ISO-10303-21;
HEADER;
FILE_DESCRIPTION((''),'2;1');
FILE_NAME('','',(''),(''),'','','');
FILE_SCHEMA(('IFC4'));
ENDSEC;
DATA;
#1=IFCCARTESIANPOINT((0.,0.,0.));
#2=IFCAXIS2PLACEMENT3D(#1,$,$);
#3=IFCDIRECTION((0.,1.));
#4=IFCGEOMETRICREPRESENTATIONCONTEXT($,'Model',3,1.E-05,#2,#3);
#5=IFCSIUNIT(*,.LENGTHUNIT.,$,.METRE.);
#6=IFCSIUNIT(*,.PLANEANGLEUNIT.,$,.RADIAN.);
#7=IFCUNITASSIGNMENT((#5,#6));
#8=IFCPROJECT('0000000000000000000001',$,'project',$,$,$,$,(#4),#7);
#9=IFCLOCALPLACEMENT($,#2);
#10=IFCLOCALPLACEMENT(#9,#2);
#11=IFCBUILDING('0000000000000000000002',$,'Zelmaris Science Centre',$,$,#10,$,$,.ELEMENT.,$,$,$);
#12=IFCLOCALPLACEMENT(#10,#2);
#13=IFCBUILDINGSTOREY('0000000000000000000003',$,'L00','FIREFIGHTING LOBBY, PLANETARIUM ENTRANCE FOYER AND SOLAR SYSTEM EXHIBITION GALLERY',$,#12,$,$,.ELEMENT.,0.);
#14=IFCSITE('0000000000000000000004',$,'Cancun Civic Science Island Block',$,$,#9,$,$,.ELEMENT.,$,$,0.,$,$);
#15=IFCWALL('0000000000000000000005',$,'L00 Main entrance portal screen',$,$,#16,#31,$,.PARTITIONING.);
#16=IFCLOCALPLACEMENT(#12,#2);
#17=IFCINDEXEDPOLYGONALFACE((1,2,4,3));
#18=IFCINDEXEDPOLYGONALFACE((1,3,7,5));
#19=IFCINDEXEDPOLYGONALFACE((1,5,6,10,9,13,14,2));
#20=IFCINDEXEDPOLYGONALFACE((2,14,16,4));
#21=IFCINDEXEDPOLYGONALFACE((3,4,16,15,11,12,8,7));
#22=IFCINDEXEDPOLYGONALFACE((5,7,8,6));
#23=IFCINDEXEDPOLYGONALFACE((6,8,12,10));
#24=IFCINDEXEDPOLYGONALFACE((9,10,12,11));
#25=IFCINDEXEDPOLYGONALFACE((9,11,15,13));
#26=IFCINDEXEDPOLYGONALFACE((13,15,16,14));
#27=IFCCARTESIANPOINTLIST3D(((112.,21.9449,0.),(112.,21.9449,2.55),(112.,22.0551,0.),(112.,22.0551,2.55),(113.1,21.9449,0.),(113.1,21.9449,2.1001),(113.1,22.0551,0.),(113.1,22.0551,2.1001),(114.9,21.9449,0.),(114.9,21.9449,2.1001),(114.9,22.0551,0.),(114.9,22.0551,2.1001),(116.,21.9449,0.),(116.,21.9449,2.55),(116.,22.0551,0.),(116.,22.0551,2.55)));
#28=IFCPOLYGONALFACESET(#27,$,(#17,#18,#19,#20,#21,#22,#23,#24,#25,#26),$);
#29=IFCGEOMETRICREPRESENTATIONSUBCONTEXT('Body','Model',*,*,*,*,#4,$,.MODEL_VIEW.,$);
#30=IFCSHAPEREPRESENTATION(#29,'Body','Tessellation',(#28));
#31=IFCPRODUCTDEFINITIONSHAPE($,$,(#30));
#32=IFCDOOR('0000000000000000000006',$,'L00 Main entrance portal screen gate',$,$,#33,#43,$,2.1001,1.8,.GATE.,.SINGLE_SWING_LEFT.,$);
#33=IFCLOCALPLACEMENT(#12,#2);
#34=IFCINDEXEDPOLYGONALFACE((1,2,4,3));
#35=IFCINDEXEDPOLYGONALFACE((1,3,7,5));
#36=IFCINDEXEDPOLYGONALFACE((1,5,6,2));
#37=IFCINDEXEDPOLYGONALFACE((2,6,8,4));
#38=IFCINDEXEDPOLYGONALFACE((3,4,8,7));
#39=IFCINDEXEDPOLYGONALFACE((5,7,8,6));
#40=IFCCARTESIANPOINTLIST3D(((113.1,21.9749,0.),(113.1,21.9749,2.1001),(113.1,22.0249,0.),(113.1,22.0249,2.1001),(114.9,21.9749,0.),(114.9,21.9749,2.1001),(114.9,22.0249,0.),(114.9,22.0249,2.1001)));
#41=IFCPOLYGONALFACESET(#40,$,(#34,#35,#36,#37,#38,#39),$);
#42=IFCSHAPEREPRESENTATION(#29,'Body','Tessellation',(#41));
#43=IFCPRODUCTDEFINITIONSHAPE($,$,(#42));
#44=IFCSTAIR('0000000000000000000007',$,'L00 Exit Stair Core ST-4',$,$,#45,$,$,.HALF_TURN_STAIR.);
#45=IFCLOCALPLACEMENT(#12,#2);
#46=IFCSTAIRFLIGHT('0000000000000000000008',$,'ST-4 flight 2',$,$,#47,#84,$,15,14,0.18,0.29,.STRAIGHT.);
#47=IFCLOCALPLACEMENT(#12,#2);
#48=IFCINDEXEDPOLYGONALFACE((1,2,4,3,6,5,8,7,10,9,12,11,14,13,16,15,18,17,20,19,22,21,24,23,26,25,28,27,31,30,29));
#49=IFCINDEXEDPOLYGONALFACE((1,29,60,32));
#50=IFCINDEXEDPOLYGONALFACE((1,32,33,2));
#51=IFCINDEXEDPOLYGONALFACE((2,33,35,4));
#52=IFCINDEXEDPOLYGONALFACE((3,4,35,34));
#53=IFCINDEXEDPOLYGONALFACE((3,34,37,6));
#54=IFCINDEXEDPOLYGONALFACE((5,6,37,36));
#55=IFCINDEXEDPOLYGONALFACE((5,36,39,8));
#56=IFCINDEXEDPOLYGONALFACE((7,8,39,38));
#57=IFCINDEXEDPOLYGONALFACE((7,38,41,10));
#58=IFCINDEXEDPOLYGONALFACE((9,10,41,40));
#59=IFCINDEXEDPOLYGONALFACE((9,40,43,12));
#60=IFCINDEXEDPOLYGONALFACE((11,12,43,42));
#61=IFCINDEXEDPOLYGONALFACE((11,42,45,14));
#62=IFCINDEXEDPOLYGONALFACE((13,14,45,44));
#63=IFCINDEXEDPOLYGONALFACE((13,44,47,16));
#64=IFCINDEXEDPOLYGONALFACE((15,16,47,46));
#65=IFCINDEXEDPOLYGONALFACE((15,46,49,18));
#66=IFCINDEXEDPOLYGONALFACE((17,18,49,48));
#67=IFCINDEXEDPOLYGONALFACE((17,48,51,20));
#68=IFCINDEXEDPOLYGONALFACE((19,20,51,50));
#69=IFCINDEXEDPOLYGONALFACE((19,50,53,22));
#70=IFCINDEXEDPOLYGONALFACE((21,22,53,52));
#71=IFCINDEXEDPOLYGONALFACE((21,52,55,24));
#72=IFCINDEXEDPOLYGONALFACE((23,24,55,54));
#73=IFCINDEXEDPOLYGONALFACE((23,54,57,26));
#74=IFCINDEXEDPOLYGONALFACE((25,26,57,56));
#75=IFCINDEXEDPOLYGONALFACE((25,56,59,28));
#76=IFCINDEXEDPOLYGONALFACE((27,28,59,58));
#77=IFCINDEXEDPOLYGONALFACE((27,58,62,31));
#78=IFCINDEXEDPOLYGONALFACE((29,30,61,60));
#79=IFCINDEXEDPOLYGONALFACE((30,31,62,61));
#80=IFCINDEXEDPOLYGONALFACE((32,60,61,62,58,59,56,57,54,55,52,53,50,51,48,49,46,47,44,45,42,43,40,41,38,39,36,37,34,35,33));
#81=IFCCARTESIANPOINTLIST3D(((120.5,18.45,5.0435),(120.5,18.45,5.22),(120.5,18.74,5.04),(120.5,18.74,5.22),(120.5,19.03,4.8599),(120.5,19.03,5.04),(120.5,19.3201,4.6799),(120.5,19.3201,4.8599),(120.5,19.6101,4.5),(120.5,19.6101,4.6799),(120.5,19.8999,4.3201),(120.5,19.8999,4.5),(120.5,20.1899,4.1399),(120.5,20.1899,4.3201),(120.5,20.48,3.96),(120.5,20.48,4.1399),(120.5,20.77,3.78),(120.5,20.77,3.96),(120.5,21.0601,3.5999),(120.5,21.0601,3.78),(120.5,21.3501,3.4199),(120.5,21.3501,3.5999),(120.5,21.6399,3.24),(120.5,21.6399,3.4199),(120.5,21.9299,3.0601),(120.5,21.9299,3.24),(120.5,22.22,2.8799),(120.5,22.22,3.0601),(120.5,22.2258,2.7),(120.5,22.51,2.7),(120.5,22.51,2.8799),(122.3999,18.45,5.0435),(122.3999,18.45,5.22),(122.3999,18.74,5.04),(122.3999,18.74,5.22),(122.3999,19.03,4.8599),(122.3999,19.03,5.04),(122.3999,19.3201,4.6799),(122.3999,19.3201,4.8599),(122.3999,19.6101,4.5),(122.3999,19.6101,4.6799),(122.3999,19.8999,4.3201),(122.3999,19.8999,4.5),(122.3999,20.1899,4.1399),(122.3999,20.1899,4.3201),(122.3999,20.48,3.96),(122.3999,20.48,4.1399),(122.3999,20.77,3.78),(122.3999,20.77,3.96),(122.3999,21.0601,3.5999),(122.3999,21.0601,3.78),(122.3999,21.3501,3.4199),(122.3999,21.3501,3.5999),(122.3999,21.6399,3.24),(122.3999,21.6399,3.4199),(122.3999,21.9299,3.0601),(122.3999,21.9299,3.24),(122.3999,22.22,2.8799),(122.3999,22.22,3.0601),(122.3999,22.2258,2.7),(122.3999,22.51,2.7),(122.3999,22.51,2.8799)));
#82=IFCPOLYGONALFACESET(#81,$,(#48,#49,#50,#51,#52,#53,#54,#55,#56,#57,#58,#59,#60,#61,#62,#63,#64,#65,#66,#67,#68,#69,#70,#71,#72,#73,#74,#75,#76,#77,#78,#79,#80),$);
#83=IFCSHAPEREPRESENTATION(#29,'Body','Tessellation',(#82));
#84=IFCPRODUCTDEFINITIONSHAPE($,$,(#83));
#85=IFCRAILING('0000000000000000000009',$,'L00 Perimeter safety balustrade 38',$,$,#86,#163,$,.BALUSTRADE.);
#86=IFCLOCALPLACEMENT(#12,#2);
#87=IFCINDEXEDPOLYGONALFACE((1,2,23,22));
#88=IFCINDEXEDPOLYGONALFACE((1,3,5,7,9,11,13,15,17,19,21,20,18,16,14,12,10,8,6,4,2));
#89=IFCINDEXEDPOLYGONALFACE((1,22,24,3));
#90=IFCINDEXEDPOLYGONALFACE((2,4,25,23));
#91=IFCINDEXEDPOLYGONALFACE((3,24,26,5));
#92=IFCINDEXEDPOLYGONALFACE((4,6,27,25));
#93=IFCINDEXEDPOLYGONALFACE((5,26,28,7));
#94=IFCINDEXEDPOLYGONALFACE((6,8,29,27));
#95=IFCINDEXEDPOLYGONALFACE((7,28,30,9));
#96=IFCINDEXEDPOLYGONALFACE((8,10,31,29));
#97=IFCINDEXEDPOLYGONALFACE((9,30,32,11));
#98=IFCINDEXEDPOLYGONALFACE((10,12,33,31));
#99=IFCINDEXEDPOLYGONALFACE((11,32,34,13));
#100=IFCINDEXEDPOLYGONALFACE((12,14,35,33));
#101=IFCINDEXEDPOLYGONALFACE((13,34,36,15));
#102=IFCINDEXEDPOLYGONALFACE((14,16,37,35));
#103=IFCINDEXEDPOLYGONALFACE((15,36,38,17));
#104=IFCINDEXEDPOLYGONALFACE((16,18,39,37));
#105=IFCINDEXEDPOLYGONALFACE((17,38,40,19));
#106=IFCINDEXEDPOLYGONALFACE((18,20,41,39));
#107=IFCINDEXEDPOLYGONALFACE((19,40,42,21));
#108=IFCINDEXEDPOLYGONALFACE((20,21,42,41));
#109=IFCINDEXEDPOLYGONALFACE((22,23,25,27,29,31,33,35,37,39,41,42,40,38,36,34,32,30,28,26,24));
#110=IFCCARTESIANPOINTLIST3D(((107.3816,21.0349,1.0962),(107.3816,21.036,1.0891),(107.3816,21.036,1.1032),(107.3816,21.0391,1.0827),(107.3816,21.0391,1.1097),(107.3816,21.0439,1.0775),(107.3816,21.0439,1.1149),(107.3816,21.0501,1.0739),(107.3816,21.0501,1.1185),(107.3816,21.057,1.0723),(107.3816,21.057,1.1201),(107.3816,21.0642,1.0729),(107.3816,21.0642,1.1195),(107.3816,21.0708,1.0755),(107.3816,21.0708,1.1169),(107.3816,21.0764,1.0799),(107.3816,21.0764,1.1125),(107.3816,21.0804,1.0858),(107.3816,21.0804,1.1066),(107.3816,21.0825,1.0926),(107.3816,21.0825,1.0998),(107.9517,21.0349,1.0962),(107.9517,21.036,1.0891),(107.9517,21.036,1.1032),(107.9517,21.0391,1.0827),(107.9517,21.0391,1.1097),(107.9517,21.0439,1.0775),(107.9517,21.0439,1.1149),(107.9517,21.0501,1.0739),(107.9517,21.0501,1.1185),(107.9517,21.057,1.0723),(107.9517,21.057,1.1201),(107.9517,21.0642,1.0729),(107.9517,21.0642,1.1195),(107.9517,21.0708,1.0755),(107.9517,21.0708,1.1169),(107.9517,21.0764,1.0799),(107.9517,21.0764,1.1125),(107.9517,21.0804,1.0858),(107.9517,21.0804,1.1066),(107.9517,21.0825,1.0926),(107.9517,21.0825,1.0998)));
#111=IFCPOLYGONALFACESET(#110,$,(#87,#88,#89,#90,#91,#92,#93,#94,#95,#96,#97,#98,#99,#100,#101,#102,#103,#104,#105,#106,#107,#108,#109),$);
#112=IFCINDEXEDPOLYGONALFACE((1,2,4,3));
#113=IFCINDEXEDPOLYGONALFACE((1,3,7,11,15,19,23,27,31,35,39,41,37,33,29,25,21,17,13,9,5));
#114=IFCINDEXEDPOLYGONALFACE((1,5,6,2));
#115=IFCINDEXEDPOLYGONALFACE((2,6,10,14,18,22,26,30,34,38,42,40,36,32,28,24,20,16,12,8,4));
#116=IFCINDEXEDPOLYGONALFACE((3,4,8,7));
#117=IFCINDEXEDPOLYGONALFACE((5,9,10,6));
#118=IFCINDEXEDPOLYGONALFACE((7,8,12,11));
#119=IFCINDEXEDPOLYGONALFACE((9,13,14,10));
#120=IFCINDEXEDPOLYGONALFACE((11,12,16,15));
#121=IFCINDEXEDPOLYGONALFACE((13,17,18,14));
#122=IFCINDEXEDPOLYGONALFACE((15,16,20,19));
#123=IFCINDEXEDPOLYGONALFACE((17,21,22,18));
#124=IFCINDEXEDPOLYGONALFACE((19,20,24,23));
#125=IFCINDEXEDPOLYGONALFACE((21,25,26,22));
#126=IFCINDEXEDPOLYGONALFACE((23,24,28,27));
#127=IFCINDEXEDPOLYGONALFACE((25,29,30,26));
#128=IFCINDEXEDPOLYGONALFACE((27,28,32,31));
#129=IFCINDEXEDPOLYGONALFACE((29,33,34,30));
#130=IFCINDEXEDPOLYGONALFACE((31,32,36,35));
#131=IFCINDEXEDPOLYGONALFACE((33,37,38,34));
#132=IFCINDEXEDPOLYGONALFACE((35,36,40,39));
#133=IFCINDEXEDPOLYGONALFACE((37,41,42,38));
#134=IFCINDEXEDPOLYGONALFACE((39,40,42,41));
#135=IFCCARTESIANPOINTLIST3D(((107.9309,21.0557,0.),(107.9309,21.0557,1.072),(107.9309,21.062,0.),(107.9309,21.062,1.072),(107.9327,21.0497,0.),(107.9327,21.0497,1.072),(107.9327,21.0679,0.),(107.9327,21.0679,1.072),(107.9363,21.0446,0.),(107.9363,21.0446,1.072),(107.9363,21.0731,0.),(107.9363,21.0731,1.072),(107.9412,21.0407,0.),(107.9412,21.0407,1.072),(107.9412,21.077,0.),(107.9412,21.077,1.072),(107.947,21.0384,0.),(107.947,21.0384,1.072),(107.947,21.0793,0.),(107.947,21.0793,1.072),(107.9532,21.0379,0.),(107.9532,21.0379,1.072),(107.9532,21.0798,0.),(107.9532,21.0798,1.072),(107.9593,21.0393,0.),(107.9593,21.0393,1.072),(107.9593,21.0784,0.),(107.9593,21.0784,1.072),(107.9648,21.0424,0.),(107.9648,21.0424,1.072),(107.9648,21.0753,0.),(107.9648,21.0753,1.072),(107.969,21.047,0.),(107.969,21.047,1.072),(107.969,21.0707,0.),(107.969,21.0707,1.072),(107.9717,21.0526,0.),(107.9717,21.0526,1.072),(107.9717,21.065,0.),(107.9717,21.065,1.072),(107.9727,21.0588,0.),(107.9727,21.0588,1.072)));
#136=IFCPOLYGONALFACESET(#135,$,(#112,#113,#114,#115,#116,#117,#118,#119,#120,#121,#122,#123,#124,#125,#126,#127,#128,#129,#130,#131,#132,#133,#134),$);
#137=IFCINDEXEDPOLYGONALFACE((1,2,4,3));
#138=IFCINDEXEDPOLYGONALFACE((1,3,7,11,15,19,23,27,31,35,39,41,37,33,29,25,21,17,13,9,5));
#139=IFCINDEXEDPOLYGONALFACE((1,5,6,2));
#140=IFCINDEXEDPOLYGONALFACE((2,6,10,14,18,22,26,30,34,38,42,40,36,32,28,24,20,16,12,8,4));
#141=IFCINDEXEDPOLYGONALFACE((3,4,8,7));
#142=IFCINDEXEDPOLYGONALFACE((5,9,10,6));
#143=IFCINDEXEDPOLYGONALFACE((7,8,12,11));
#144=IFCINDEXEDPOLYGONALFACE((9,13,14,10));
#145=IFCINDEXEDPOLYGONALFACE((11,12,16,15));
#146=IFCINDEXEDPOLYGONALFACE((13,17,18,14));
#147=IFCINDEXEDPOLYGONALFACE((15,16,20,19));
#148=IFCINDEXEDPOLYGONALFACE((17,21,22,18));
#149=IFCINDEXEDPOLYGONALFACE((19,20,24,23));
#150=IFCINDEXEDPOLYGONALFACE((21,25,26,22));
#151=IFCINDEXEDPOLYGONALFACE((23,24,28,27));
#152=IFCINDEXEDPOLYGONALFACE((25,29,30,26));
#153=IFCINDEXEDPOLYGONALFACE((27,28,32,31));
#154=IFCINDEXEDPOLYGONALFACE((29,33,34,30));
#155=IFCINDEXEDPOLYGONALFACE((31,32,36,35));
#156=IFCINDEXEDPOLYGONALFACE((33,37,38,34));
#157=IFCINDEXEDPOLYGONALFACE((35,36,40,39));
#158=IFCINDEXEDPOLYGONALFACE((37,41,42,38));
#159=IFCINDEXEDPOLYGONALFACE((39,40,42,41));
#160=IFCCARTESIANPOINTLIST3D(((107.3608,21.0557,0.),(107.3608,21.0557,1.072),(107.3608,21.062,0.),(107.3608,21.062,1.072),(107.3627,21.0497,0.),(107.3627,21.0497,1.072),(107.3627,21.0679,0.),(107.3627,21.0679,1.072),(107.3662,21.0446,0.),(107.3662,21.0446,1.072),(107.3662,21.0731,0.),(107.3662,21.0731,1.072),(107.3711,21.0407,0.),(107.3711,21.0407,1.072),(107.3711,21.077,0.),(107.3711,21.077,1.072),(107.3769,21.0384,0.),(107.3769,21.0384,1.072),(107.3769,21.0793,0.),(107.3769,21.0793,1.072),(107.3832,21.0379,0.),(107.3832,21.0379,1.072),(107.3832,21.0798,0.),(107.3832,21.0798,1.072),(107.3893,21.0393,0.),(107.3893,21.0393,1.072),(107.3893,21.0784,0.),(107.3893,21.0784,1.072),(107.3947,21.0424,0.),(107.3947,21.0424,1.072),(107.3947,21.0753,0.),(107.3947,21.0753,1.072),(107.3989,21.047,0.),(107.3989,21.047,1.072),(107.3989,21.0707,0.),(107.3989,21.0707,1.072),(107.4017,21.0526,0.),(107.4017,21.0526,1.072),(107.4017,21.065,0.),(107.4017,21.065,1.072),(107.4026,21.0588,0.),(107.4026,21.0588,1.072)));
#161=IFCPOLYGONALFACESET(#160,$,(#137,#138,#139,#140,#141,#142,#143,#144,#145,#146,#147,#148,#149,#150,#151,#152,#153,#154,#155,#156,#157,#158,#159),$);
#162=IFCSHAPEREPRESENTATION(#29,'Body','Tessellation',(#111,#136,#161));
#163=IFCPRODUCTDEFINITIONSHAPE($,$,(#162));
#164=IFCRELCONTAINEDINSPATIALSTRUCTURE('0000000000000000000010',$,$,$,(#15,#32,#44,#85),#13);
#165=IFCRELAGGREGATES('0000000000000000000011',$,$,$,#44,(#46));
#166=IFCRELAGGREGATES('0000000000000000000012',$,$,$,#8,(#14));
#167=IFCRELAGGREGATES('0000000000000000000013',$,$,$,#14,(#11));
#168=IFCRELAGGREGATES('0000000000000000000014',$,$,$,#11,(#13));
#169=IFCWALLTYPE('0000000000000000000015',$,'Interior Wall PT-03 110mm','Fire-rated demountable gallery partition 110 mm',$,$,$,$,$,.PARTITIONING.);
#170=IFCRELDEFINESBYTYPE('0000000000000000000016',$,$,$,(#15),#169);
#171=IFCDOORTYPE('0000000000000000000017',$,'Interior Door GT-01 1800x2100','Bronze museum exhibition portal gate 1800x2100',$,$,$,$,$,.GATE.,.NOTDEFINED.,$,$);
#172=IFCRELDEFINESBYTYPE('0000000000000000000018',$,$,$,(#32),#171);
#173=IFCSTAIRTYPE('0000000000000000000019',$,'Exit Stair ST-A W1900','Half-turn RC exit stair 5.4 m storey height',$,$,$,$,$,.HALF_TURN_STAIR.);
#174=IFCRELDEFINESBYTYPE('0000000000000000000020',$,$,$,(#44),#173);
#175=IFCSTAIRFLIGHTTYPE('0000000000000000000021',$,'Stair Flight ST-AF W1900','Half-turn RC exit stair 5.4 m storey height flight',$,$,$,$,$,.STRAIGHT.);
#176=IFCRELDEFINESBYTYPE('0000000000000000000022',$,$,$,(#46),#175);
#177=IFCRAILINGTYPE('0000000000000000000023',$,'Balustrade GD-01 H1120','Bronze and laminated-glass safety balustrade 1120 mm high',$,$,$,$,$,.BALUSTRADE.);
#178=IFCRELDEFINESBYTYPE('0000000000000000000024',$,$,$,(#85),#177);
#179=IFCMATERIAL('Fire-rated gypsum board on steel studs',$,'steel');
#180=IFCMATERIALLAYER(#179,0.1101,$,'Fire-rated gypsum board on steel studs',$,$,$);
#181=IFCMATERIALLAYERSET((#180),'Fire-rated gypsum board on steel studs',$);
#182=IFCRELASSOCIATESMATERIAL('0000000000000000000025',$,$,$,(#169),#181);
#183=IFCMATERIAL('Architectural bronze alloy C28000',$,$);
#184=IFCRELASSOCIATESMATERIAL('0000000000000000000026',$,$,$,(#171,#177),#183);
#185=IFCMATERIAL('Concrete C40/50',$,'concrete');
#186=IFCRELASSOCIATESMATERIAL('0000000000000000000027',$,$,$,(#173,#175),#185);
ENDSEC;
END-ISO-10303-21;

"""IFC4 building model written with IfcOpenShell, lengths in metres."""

from ifc_helpers import new_model, si_unit, direction, frame, frame_2d, origin, origin_2d, place, context, subcontext, project, spatial, polyline, rectangle, circle, outline, extrude, material, layer, layer_set, type_object, element, fill, aggregate, save


model = new_model("IFC4")

# Units and contexts
model_context = context("Model", 3, precision=1e-05, world=origin(), true_north=direction((0.0, 1.0)))
body_context = subcontext(model_context, "Body", "Model", "MODEL_VIEW")
ifc_project = project(units=[si_unit("LENGTHUNIT", "METRE"), si_unit("PLANEANGLEUNIT", "RADIAN")], contexts=[model_context])

# Site, building, storey
site_placement = place(None, origin())
site = spatial("IfcSite", under=ifc_project, at=site_placement, Name="Cancun Civic Science Island Block", CompositionType="ELEMENT", RefElevation=0.0)
building_placement = place(site_placement, origin())
building = spatial("IfcBuilding", under=site, at=building_placement, Name="Zelmaris Science Centre", CompositionType="ELEMENT")
storey_placement = place(building_placement, origin())
storey = spatial("IfcBuildingStorey", under=building, at=storey_placement, Name="L00", Description="FIREFIGHTING LOBBY, PLANETARIUM ENTRANCE FOYER AND SOLAR SYSTEM EXHIBITION GALLERY", CompositionType="ELEMENT", Elevation=0.0)

# Wall, opening, door
ifc_material_1 = material(Name="Fire-rated gypsum board on steel studs", Category="steel")
ifc_layer_1 = layer(ifc_material_1, 0.1101, Name="Fire-rated gypsum board on steel studs")
ifc_layer_set_1 = layer_set([ifc_layer_1], Name="Fire-rated gypsum board on steel studs")
wall_type_1 = type_object("IfcWallType", Name="Interior Wall PT-03 110mm", Description="Fire-rated demountable gallery partition 110 mm", PredefinedType="PARTITIONING", material=ifc_layer_set_1)
wall_1_placement = place(storey_placement, frame((112.0, 22.0, 0.0), z_axis=(0.0, 0.0, 1.0), x_axis=(1.0, 0.0, 0.0)))
wall_1 = element("IfcWall", 1, at=wall_1_placement, inside=storey, type_object=wall_type_1, Name="L00 Main entrance portal screen", PredefinedType="PARTITIONING", context=body_context, shape_type="SweptSolid", body=[
    extrude(rectangle(XDim=4.0, YDim=0.1101, at=frame_2d((2.0, 0.0))), origin(), (0.0, 0.0, 1.0), 2.55),
])
opening_placement = place(wall_1_placement, frame((1.1001, 0.0, 0.0)))
opening = element("IfcOpeningElement", 2, at=opening_placement, cuts=wall_1, PredefinedType="OPENING", context=body_context, shape_type="SweptSolid", body=[
    extrude(rectangle(XDim=1.8, YDim=2.1001, at=frame_2d((0.8999, 1.05))), frame((0.0, 0.0649, 0.0), z_axis=(0.0, -1.0, 0.0), x_axis=(1.0, 0.0, 0.0)), (0.0, 0.0, 1.0), 0.1301),
])
ifc_material_2 = material(Name="Architectural bronze alloy C28000")
door_type = type_object("IfcDoorType", Name="Interior Door GT-01 1800x2100", Description="Bronze museum exhibition portal gate 1800x2100", OperationType="NOTDEFINED", PredefinedType="GATE", material=ifc_material_2)
door_placement = place(opening_placement, origin())
door = element("IfcDoor", 3, at=door_placement, inside=storey, type_object=door_type, Name="L00 Main entrance portal screen gate", OperationType="SINGLE_SWING_LEFT", OverallHeight=2.1001, OverallWidth=1.8, PredefinedType="GATE", context=body_context, shape_type="SweptSolid", body=[
    extrude(rectangle(XDim=1.8, YDim=2.1001, at=frame_2d((0.8999, 1.05))), frame((0.0, 0.0249, 0.0), z_axis=(0.0, -1.0, 0.0), x_axis=(1.0, 0.0, 0.0)), (0.0, 0.0, 1.0), 0.05),
])
fill(opening, door)

# Stair, stair flight
ifc_material_3 = material(Name="Concrete C40/50", Category="concrete")
stair_type = type_object("IfcStairType", Name="Exit Stair ST-A W1900", Description="Half-turn RC exit stair 5.4 m storey height", PredefinedType="HALF_TURN_STAIR", material=ifc_material_3)
stair_placement = place(storey_placement, origin())
stair = element("IfcStair", 4, at=stair_placement, inside=storey, type_object=stair_type, Name="L00 Exit Stair Core ST-4", PredefinedType="HALF_TURN_STAIR")
stair_flight_type = type_object("IfcStairFlightType", Name="Stair Flight ST-AF W1900", Description="Half-turn RC exit stair 5.4 m storey height flight", PredefinedType="STRAIGHT", material=ifc_material_3)
stair_flight_placement = place(storey_placement, frame((121.45, 22.51, 2.7), z_axis=(0.0, 0.0, 1.0), x_axis=(0.0, -1.0, 0.0)))
stair_flight = element("IfcStairFlight", 5, at=stair_flight_placement, type_object=stair_flight_type, Name="ST-4 flight 2", NumberOfRisers=15, NumberOfTreads=14, PredefinedType="STRAIGHT", RiserHeight=0.18, TreadLength=0.29, context=body_context, shape_type="SweptSolid", body=[
    extrude(outline(polyline([(0.0, 0.0), (0.0, 0.1799), (0.29, 0.1799), (0.29, 0.3601), (0.5801, 0.3601), (0.5801, 0.54), (0.8701, 0.54), (0.8701, 0.72), (1.1599, 0.72), (1.1599, 0.8999), (1.45, 0.8999), (1.45, 1.0801), (1.74, 1.0801), (1.74, 1.26), (2.03, 1.26), (2.03, 1.4399), (2.3201, 1.4399), (2.3201, 1.6201), (2.6101, 1.6201), (2.6101, 1.8), (2.8999, 1.8), (2.8999, 1.98), (3.1899, 1.98), (3.1899, 2.1599), (3.48, 2.1599), (3.48, 2.3401), (3.77, 2.3401), (3.77, 2.52), (4.0601, 2.52), (4.0601, 2.7), (4.0601, 2.3435), (0.2842, 0.0), (0.0, 0.0)])), frame((0.0, 0.95, 0.0), z_axis=(0.0, -1.0, 0.0), x_axis=(1.0, 0.0, 0.0)), (0.0, 0.0, 1.0), 1.8999),
])
aggregate(stair, [stair_flight])

# Railing
railing_type_1 = type_object("IfcRailingType", Name="Balustrade GD-01 H1120", Description="Bronze and laminated-glass safety balustrade 1120 mm high", PredefinedType="BALUSTRADE", material=ifc_material_2)
railing_1_placement = place(storey_placement, frame((107.9517, 21.0588, 0.0)))
element("IfcRailing", 6, at=railing_1_placement, inside=storey, type_object=railing_type_1, Name="L00 Perimeter safety balustrade 38", PredefinedType="BALUSTRADE", context=body_context, shape_type="SweptSolid", body=[
    extrude(circle(Radius=0.0239, at=origin_2d()), frame((0.0, 0.0, 1.0962), z_axis=(-1.0, 0.0, 0.0), x_axis=(0.0, -1.0, 0.0)), (0.0, 0.0, 1.0), 0.5701),
    extrude(circle(Radius=0.021, at=origin_2d()), origin(), (0.0, 0.0, 1.0), 1.072),
    extrude(circle(Radius=0.021, at=origin_2d()), frame((-0.5701, 0.0, 0.0)), (0.0, 0.0, 1.0), 1.072),
])

save(model, "model.ifc")
